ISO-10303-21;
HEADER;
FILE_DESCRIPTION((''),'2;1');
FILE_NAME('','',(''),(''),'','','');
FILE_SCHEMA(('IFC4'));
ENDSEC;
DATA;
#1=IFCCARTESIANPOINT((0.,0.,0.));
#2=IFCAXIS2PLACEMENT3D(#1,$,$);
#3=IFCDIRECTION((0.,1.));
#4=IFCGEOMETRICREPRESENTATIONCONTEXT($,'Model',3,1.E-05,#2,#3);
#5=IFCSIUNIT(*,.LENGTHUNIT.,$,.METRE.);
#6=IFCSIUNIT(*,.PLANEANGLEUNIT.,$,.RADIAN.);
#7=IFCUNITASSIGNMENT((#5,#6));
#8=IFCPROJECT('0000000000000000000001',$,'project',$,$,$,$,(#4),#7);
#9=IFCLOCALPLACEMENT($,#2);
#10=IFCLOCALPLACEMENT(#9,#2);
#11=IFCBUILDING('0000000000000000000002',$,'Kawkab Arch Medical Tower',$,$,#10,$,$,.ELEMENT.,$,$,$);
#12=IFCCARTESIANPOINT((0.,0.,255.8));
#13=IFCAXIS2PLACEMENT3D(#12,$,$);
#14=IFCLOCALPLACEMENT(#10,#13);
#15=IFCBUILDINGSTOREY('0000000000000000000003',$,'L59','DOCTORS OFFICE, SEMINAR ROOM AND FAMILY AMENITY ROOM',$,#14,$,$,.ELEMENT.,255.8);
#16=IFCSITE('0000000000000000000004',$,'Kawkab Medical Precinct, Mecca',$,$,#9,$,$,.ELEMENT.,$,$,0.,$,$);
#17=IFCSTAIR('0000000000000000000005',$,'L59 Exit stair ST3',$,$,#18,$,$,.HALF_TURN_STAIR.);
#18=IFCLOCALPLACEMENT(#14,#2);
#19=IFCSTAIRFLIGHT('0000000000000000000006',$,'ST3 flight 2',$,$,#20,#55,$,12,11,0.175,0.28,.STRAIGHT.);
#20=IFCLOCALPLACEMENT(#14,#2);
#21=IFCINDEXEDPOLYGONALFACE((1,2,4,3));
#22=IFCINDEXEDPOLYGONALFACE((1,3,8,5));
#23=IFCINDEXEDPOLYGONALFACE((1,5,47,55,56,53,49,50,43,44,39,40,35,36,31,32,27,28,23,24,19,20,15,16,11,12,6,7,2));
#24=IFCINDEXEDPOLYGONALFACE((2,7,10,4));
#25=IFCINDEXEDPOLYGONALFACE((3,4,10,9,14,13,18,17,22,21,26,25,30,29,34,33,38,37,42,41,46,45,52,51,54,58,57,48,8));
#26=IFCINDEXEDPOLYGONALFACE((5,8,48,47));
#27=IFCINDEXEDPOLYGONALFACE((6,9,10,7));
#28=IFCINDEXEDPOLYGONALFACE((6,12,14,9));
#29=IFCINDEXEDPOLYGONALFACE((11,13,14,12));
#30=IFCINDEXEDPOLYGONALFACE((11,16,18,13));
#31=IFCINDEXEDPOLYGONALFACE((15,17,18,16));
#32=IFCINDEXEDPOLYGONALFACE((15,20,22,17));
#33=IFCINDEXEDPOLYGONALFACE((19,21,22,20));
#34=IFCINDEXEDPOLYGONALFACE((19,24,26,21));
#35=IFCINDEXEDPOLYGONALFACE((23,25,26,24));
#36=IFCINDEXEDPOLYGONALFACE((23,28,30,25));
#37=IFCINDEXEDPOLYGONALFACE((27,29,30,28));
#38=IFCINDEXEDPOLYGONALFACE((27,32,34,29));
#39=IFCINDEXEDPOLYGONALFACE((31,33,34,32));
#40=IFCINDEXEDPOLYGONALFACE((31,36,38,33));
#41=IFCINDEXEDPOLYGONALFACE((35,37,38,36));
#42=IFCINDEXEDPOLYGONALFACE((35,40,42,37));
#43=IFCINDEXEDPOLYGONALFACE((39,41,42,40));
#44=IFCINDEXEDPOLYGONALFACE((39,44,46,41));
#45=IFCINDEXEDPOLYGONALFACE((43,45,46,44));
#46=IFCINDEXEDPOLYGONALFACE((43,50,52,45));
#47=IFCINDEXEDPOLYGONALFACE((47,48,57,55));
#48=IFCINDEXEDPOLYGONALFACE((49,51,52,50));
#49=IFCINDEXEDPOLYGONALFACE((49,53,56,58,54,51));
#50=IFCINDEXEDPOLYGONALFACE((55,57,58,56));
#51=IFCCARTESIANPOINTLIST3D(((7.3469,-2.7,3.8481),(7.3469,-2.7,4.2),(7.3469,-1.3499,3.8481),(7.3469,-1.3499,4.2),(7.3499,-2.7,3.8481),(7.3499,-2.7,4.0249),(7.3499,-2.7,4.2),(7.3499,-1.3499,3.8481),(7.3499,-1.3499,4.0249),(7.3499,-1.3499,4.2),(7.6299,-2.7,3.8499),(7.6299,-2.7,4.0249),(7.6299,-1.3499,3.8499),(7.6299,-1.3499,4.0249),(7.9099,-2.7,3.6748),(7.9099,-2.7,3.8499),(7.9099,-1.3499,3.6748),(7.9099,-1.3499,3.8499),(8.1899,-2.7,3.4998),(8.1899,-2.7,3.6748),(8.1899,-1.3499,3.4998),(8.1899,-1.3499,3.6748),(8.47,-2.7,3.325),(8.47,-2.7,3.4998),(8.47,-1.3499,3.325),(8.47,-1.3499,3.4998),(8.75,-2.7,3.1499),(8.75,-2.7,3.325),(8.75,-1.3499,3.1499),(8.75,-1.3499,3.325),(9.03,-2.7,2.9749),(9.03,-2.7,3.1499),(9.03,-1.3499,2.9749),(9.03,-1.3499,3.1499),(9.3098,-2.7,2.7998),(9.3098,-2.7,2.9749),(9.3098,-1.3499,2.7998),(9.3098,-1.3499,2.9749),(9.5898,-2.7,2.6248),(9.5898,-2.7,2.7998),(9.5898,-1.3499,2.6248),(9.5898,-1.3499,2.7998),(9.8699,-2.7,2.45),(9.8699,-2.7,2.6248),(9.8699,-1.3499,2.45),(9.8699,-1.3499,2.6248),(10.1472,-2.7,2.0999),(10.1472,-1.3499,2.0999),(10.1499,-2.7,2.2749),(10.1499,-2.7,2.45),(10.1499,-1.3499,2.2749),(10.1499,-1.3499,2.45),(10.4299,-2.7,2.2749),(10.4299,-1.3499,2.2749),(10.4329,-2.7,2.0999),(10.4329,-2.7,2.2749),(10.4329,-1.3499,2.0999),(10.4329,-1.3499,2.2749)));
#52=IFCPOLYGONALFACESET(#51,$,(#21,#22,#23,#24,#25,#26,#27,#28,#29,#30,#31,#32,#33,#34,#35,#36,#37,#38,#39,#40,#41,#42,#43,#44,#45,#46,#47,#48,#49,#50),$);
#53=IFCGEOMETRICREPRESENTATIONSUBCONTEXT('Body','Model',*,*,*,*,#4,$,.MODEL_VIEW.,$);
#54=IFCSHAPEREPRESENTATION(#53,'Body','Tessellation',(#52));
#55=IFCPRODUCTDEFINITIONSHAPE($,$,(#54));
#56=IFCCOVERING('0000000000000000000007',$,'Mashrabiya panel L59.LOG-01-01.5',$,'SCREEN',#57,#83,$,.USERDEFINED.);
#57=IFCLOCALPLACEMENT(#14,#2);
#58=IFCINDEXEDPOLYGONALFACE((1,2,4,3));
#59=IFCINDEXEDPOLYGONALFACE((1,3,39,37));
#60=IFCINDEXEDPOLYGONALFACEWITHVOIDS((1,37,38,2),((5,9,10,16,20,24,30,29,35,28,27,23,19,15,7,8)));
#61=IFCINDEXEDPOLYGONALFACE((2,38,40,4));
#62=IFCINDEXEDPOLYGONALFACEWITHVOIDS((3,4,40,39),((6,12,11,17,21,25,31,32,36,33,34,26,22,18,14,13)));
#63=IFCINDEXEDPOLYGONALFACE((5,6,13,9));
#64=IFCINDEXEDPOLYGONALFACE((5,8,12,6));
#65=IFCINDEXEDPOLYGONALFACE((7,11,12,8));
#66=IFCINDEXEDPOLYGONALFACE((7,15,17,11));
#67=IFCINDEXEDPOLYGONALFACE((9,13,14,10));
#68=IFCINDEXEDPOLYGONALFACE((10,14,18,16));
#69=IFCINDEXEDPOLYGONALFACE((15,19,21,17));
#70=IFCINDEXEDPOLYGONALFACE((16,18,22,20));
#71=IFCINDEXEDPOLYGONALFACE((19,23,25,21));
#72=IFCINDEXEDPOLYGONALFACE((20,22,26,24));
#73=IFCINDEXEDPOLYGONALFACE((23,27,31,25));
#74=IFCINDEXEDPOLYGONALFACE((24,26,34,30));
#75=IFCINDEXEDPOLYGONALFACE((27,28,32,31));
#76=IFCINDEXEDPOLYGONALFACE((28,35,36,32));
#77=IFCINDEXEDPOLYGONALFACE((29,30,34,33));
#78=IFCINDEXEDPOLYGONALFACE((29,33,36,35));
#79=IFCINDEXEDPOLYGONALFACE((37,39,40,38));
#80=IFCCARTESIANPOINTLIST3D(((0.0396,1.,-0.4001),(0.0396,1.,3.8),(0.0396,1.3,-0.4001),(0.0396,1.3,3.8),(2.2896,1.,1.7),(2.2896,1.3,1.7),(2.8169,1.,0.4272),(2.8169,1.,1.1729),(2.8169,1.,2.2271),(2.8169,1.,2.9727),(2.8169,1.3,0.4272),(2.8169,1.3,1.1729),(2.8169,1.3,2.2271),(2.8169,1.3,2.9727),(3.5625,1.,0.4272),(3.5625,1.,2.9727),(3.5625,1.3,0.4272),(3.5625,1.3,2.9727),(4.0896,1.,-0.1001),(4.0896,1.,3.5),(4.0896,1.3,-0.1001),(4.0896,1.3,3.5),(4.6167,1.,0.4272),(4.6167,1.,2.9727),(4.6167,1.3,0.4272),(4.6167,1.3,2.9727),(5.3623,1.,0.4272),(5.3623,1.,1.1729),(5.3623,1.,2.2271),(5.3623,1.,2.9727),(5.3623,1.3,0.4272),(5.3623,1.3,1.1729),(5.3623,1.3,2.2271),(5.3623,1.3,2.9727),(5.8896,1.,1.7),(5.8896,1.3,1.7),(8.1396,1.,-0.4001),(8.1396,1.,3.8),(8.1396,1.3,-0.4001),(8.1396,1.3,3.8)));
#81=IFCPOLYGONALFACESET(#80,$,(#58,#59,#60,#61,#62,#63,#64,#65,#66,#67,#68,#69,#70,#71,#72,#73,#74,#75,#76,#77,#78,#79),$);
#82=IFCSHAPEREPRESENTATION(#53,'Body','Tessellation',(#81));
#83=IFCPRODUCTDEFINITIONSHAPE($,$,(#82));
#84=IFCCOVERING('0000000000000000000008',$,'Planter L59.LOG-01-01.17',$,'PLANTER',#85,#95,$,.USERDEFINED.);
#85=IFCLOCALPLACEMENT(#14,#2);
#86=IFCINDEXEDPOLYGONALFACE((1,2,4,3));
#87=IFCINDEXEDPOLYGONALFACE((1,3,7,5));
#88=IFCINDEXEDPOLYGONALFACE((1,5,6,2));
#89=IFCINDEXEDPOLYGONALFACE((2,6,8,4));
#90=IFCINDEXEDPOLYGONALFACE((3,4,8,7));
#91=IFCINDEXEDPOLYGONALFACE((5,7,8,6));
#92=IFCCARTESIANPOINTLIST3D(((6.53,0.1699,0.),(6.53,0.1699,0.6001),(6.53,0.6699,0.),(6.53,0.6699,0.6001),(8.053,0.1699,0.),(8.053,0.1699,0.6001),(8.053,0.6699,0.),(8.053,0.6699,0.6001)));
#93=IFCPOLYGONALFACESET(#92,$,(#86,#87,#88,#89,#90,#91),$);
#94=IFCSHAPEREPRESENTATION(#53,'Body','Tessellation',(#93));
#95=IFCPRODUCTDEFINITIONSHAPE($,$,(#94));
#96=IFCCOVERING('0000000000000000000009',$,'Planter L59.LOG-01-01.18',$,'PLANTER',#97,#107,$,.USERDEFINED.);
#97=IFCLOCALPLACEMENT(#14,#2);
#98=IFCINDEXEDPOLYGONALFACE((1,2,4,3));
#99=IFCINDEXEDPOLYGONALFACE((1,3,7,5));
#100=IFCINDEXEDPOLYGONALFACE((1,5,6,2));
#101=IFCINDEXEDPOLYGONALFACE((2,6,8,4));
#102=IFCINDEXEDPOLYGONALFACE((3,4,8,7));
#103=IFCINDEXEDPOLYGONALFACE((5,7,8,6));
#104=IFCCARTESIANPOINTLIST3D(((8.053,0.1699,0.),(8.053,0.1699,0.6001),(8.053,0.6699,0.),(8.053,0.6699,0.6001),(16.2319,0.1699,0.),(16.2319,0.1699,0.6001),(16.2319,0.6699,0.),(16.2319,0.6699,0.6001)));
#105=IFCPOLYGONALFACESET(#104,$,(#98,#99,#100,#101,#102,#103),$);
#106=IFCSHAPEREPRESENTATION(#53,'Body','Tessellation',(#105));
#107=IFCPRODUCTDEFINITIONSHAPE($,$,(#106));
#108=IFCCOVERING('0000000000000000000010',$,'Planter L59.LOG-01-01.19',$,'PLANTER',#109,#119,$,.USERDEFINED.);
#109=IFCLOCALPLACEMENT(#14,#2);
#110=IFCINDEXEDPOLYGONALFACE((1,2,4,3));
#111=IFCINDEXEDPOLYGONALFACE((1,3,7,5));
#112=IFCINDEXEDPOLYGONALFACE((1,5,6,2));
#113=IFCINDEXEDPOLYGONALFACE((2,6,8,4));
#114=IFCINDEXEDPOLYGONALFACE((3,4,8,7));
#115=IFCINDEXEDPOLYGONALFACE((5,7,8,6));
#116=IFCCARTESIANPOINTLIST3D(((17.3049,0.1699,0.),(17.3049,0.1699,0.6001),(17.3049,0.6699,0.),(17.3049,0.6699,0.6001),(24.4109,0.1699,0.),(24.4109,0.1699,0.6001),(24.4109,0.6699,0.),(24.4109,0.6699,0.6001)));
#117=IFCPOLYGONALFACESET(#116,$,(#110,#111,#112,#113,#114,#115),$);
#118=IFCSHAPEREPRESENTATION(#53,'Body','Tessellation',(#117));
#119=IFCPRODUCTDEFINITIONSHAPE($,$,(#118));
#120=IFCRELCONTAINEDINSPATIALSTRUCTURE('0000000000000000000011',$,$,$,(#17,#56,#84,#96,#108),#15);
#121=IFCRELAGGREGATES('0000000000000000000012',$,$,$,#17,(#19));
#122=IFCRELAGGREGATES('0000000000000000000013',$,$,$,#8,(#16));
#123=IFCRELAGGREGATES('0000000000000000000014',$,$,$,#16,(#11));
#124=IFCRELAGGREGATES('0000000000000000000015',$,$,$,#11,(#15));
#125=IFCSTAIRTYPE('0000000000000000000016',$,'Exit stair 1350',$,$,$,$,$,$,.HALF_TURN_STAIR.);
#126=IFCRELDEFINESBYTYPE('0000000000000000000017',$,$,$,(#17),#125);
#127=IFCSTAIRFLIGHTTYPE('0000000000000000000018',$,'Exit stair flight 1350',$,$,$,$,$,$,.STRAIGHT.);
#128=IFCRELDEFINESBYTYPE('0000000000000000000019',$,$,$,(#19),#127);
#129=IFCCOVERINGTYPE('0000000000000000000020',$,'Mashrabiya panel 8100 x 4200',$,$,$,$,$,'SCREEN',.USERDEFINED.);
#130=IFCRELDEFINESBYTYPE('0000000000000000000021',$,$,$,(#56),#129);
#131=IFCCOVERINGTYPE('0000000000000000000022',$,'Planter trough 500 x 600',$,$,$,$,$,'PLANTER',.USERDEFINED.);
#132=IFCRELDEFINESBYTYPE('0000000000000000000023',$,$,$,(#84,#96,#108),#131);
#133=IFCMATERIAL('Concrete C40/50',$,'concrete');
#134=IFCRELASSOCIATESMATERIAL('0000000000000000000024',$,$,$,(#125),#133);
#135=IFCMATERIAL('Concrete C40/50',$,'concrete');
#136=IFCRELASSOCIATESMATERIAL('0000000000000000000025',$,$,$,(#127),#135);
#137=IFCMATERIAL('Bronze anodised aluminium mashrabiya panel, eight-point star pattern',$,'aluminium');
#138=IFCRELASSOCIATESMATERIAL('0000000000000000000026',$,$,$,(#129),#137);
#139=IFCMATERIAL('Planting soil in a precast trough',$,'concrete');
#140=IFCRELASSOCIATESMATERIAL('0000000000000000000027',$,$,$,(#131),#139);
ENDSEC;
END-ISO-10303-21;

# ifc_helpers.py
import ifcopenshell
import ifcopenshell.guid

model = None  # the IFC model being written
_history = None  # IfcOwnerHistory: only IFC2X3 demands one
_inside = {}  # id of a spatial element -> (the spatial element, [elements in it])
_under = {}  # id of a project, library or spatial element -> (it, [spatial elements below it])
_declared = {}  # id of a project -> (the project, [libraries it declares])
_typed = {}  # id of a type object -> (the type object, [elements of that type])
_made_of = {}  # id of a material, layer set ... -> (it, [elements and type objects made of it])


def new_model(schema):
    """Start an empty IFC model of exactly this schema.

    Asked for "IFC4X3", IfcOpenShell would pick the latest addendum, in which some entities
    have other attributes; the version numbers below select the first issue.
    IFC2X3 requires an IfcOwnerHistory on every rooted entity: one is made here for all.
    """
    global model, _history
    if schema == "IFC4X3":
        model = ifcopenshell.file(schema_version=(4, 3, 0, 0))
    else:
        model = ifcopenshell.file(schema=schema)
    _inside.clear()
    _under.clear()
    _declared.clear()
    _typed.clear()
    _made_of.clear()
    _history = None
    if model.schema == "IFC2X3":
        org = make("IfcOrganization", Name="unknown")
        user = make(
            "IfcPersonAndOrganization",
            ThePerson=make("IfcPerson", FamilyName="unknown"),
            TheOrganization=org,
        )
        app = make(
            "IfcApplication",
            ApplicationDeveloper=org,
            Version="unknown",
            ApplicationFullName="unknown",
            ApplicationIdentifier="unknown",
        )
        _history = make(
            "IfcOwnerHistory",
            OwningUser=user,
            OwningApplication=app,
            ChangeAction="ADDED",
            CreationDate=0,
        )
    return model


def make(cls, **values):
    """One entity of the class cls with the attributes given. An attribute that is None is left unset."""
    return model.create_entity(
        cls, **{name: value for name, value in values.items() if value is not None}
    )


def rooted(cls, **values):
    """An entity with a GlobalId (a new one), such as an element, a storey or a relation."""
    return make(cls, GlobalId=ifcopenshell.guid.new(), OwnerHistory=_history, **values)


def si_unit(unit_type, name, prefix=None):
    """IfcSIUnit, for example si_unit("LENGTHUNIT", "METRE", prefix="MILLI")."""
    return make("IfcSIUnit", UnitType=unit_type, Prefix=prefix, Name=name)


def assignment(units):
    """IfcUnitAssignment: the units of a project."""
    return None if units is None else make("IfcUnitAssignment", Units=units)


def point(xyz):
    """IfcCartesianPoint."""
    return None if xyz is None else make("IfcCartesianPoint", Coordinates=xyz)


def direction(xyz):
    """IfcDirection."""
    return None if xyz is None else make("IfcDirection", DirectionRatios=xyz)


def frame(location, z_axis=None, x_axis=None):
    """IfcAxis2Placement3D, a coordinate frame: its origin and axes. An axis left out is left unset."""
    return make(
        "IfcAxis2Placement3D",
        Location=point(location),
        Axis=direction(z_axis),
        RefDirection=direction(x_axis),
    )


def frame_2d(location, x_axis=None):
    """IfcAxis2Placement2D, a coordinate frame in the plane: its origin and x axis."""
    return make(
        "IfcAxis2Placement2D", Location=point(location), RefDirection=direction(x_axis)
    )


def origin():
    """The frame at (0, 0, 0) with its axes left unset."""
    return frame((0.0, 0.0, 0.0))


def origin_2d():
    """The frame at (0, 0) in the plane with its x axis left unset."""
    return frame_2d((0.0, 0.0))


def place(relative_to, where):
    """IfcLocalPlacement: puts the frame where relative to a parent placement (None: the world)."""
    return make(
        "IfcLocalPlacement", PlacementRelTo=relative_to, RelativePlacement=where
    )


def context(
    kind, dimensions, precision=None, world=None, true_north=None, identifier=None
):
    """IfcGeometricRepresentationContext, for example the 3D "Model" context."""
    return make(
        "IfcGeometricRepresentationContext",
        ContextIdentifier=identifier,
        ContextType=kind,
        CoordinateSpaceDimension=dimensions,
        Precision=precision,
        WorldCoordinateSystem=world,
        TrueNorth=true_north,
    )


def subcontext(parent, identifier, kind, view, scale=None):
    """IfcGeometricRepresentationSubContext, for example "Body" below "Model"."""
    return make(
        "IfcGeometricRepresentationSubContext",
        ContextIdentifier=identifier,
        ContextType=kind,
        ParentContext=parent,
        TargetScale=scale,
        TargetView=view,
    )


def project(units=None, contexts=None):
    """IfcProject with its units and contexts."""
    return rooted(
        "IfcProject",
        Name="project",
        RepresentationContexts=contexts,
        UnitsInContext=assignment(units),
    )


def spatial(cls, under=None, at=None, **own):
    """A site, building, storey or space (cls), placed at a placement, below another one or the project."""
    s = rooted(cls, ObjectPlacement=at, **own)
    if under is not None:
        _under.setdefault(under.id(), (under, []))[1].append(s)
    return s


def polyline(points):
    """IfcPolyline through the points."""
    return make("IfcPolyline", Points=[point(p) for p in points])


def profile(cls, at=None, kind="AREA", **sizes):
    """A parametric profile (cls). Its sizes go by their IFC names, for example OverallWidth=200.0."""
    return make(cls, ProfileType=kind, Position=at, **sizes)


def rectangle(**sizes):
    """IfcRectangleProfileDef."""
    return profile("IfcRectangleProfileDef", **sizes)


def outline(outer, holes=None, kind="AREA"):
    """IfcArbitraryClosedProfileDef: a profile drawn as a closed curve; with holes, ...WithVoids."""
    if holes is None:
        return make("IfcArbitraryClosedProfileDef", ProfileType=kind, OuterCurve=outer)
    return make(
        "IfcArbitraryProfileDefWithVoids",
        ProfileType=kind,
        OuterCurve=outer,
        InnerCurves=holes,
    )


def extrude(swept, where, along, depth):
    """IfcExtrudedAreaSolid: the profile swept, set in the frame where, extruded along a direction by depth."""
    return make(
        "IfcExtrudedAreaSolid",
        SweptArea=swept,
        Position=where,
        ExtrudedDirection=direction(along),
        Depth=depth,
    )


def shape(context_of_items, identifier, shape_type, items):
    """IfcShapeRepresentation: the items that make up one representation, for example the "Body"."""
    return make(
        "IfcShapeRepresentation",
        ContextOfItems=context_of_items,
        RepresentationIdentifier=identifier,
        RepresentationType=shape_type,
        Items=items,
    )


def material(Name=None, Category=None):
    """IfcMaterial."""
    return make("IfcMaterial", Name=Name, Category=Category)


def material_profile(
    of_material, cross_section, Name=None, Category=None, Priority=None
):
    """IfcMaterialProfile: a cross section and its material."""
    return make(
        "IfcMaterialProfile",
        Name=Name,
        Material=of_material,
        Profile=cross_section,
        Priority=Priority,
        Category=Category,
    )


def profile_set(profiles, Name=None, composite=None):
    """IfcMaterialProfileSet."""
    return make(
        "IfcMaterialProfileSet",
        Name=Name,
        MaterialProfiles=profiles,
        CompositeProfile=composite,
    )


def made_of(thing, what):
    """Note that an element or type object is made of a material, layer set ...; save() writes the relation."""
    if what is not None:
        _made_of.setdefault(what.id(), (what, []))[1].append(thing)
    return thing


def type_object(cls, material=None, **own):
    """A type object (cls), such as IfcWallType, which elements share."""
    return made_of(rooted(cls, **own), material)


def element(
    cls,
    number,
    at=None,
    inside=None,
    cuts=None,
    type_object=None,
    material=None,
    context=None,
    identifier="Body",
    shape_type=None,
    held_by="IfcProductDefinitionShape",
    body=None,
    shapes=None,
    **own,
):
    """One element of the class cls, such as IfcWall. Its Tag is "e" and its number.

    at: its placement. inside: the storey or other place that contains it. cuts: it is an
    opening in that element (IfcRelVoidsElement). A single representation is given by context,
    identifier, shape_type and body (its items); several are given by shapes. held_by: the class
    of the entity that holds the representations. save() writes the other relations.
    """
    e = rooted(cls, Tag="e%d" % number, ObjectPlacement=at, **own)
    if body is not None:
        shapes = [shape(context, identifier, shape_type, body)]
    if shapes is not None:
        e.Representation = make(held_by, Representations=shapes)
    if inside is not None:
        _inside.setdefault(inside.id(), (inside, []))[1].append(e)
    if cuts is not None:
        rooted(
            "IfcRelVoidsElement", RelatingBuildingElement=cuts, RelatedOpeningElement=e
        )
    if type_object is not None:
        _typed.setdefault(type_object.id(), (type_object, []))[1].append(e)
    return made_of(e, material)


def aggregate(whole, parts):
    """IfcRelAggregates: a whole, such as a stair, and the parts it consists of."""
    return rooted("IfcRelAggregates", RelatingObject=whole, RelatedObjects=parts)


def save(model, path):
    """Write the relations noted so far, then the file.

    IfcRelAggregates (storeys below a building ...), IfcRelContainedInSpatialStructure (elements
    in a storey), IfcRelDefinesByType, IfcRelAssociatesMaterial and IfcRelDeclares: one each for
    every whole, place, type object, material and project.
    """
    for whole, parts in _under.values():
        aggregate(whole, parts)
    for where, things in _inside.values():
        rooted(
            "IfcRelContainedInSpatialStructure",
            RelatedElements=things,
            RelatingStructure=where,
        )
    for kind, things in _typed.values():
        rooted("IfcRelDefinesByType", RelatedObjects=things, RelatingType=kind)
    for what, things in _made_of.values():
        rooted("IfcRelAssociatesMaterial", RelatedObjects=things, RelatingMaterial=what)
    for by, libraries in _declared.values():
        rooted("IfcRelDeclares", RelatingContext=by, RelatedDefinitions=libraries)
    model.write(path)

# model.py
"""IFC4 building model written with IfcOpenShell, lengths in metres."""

from ifc_helpers import new_model, si_unit, direction, frame, origin, origin_2d, place, context, subcontext, project, spatial, polyline, rectangle, outline, extrude, material, material_profile, profile_set, type_object, element, aggregate, save


model = new_model("IFC4")

# Units and contexts
model_context = context("Model", 3, precision=1e-05, world=origin(), true_north=direction((0.0, 1.0)))
body_context = subcontext(model_context, "Body", "Model", "MODEL_VIEW")
ifc_project = project(units=[si_unit("LENGTHUNIT", "METRE"), si_unit("PLANEANGLEUNIT", "RADIAN")], contexts=[model_context])

# Site, building, storey
site_placement = place(None, origin())
site = spatial("IfcSite", under=ifc_project, at=site_placement, Name="Kawkab Medical Precinct, Mecca", CompositionType="ELEMENT", RefElevation=0.0)
building_placement = place(site_placement, origin())
building = spatial("IfcBuilding", under=site, at=building_placement, Name="Kawkab Arch Medical Tower", CompositionType="ELEMENT")
storey_placement = place(building_placement, frame((0.0, 0.0, 255.8)))
storey = spatial("IfcBuildingStorey", under=building, at=storey_placement, Name="L59", Description="DOCTORS OFFICE, SEMINAR ROOM AND FAMILY AMENITY ROOM", CompositionType="ELEMENT", Elevation=255.8)

# Shared definitions
placement = place(storey_placement, origin())

# Stair, stair flight
ifc_material_1 = material(Name="Concrete C40/50", Category="concrete")
stair_type = type_object("IfcStairType", Name="Exit stair 1350", PredefinedType="HALF_TURN_STAIR", material=ifc_material_1)
stair = element("IfcStair", 1, at=placement, inside=storey, type_object=stair_type, Name="L59 Exit stair ST3", PredefinedType="HALF_TURN_STAIR")
ifc_material_2 = material(Name="Concrete C40/50", Category="concrete")
stair_flight_type = type_object("IfcStairFlightType", Name="Exit stair flight 1350", PredefinedType="STRAIGHT", material=ifc_material_2)
stair_flight_placement = place(storey_placement, frame((10.4299, -2.0249, 2.0999), z_axis=(0.0, 0.0, 1.0), x_axis=(-1.0, 0.0, 0.0)))
stair_flight = element("IfcStairFlight", 2, at=stair_flight_placement, type_object=stair_flight_type, Name="ST3 flight 2", NumberOfRisers=12, NumberOfTreads=11, PredefinedType="STRAIGHT", RiserHeight=0.175, TreadLength=0.28, context=body_context, shape_type="SweptSolid", body=[
    extrude(outline(polyline([(-0.0029, 0.0), (-0.0029, 0.175), (0.0, 0.175), (0.28, 0.175), (0.28, 0.3501), (0.5601, 0.3501), (0.5601, 0.5249), (0.8401, 0.5249), (0.8401, 0.7), (1.1201, 0.7), (1.1201, 0.875), (1.3999, 0.875), (1.3999, 1.05), (1.6799, 1.05), (1.6799, 1.2251), (1.96, 1.2251), (1.96, 1.3999), (2.24, 1.3999), (2.24, 1.575), (2.52, 1.575), (2.52, 1.75), (2.8, 1.75), (2.8, 1.925), (3.0801, 1.925), (3.0801, 2.1001), (3.083, 2.1001), (3.083, 1.7483), (3.0801, 1.7483), (0.2827, 0.0), (-0.0029, 0.0)])), frame((0.0, 0.675, 0.0), z_axis=(0.0, -1.0, 0.0), x_axis=(1.0, 0.0, 0.0)), (0.0, 0.0, 1.0), 1.3501),
])
aggregate(stair, [stair_flight])

# Coverings
ifc_material_3 = material(Name="Bronze anodised aluminium mashrabiya panel, eight-point star pattern", Category="aluminium")
ifc_material_profile_1 = material_profile(ifc_material_3, outline(polyline([(-4.05, -2.1001), (4.05, -2.1001), (4.05, 2.1001), (-4.05, 2.1001), (-4.05, -2.1001)]), holes=[polyline([(1.8, 0.0), (1.2727, 0.5271), (1.2727, 1.2727), (0.5271, 1.2727), (0.0, 1.8), (-0.5271, 1.2727), (-1.2727, 1.2727), (-1.2727, 0.5271), (-1.8, 0.0), (-1.2727, -0.5271), (-1.2727, -1.2727), (-0.5271, -1.2727), (0.0, -1.8), (0.5271, -1.2727), (1.2727, -1.2727), (1.2727, -0.5271), (1.8, 0.0)])]), Name="Mashrabiya panel 8100x4200")
ifc_profile_set_1 = profile_set([ifc_material_profile_1], Name="Bronze anodised aluminium mashrabiya panel, eight-point star pattern")
covering_type_1 = type_object("IfcCoveringType", Name="Mashrabiya panel 8100 x 4200", ElementType="SCREEN", PredefinedType="USERDEFINED", material=ifc_profile_set_1)
covering_1_placement = place(storey_placement, frame((4.0896, 1.0, 1.7), z_axis=(0.0, 1.0, 0.0), x_axis=(-1.0, 0.0, 0.0)))
element("IfcCovering", 3, at=covering_1_placement, inside=storey, type_object=covering_type_1, Name="Mashrabiya panel L59.LOG-01-01.5", ObjectType="SCREEN", PredefinedType="USERDEFINED", context=body_context, shape_type="SweptSolid", body=[
    extrude(outline(polyline([(-4.05, -2.1001), (4.05, -2.1001), (4.05, 2.1001), (-4.05, 2.1001), (-4.05, -2.1001)]), holes=[polyline([(1.8, 0.0), (1.2727, 0.5271), (1.2727, 1.2727), (0.5271, 1.2727), (0.0, 1.8), (-0.5271, 1.2727), (-1.2727, 1.2727), (-1.2727, 0.5271), (-1.8, 0.0), (-1.2727, -0.5271), (-1.2727, -1.2727), (-0.5271, -1.2727), (0.0, -1.8), (0.5271, -1.2727), (1.2727, -1.2727), (1.2727, -0.5271), (1.8, 0.0)])]), origin(), (0.0, 0.0, 1.0), 0.3),
])
ifc_material_4 = material(Name="Planting soil in a precast trough", Category="concrete")
ifc_material_profile_2 = material_profile(ifc_material_4, rectangle(XDim=0.5, YDim=0.6001, at=origin_2d()), Name="Trough 500x600")
ifc_profile_set_2 = profile_set([ifc_material_profile_2], Name="Planting soil in a precast trough")
covering_type_2 = type_object("IfcCoveringType", Name="Planter trough 500 x 600", ElementType="PLANTER", PredefinedType="USERDEFINED", material=ifc_profile_set_2)
covering_2_placement = place(storey_placement, frame((6.53, 0.4199, 0.3), z_axis=(1.0, 0.0, 0.0), x_axis=(0.0, 1.0, 0.0)))
element("IfcCovering", 4, at=covering_2_placement, inside=storey, type_object=covering_type_2, Name="Planter L59.LOG-01-01.17", ObjectType="PLANTER", PredefinedType="USERDEFINED", context=body_context, shape_type="SweptSolid", body=[
    extrude(rectangle(XDim=0.5, YDim=0.6001, at=origin_2d()), origin(), (0.0, 0.0, 1.0), 1.5229),
])
covering_3_placement = place(storey_placement, frame((8.053, 0.4199, 0.3), z_axis=(1.0, 0.0, 0.0), x_axis=(0.0, 1.0, 0.0)))
element("IfcCovering", 5, at=covering_3_placement, inside=storey, type_object=covering_type_2, Name="Planter L59.LOG-01-01.18", ObjectType="PLANTER", PredefinedType="USERDEFINED", context=body_context, shape_type="SweptSolid", body=[
    extrude(rectangle(XDim=0.5, YDim=0.6001, at=origin_2d()), origin(), (0.0, 0.0, 1.0), 8.179),
])
covering_4_placement = place(storey_placement, frame((17.3049, 0.4199, 0.3), z_axis=(1.0, 0.0, 0.0), x_axis=(0.0, 1.0, 0.0)))
element("IfcCovering", 6, at=covering_4_placement, inside=storey, type_object=covering_type_2, Name="Planter L59.LOG-01-01.19", ObjectType="PLANTER", PredefinedType="USERDEFINED", context=body_context, shape_type="SweptSolid", body=[
    extrude(rectangle(XDim=0.5, YDim=0.6001, at=origin_2d()), origin(), (0.0, 0.0, 1.0), 7.106),
])

save(model, "model.ifc")
